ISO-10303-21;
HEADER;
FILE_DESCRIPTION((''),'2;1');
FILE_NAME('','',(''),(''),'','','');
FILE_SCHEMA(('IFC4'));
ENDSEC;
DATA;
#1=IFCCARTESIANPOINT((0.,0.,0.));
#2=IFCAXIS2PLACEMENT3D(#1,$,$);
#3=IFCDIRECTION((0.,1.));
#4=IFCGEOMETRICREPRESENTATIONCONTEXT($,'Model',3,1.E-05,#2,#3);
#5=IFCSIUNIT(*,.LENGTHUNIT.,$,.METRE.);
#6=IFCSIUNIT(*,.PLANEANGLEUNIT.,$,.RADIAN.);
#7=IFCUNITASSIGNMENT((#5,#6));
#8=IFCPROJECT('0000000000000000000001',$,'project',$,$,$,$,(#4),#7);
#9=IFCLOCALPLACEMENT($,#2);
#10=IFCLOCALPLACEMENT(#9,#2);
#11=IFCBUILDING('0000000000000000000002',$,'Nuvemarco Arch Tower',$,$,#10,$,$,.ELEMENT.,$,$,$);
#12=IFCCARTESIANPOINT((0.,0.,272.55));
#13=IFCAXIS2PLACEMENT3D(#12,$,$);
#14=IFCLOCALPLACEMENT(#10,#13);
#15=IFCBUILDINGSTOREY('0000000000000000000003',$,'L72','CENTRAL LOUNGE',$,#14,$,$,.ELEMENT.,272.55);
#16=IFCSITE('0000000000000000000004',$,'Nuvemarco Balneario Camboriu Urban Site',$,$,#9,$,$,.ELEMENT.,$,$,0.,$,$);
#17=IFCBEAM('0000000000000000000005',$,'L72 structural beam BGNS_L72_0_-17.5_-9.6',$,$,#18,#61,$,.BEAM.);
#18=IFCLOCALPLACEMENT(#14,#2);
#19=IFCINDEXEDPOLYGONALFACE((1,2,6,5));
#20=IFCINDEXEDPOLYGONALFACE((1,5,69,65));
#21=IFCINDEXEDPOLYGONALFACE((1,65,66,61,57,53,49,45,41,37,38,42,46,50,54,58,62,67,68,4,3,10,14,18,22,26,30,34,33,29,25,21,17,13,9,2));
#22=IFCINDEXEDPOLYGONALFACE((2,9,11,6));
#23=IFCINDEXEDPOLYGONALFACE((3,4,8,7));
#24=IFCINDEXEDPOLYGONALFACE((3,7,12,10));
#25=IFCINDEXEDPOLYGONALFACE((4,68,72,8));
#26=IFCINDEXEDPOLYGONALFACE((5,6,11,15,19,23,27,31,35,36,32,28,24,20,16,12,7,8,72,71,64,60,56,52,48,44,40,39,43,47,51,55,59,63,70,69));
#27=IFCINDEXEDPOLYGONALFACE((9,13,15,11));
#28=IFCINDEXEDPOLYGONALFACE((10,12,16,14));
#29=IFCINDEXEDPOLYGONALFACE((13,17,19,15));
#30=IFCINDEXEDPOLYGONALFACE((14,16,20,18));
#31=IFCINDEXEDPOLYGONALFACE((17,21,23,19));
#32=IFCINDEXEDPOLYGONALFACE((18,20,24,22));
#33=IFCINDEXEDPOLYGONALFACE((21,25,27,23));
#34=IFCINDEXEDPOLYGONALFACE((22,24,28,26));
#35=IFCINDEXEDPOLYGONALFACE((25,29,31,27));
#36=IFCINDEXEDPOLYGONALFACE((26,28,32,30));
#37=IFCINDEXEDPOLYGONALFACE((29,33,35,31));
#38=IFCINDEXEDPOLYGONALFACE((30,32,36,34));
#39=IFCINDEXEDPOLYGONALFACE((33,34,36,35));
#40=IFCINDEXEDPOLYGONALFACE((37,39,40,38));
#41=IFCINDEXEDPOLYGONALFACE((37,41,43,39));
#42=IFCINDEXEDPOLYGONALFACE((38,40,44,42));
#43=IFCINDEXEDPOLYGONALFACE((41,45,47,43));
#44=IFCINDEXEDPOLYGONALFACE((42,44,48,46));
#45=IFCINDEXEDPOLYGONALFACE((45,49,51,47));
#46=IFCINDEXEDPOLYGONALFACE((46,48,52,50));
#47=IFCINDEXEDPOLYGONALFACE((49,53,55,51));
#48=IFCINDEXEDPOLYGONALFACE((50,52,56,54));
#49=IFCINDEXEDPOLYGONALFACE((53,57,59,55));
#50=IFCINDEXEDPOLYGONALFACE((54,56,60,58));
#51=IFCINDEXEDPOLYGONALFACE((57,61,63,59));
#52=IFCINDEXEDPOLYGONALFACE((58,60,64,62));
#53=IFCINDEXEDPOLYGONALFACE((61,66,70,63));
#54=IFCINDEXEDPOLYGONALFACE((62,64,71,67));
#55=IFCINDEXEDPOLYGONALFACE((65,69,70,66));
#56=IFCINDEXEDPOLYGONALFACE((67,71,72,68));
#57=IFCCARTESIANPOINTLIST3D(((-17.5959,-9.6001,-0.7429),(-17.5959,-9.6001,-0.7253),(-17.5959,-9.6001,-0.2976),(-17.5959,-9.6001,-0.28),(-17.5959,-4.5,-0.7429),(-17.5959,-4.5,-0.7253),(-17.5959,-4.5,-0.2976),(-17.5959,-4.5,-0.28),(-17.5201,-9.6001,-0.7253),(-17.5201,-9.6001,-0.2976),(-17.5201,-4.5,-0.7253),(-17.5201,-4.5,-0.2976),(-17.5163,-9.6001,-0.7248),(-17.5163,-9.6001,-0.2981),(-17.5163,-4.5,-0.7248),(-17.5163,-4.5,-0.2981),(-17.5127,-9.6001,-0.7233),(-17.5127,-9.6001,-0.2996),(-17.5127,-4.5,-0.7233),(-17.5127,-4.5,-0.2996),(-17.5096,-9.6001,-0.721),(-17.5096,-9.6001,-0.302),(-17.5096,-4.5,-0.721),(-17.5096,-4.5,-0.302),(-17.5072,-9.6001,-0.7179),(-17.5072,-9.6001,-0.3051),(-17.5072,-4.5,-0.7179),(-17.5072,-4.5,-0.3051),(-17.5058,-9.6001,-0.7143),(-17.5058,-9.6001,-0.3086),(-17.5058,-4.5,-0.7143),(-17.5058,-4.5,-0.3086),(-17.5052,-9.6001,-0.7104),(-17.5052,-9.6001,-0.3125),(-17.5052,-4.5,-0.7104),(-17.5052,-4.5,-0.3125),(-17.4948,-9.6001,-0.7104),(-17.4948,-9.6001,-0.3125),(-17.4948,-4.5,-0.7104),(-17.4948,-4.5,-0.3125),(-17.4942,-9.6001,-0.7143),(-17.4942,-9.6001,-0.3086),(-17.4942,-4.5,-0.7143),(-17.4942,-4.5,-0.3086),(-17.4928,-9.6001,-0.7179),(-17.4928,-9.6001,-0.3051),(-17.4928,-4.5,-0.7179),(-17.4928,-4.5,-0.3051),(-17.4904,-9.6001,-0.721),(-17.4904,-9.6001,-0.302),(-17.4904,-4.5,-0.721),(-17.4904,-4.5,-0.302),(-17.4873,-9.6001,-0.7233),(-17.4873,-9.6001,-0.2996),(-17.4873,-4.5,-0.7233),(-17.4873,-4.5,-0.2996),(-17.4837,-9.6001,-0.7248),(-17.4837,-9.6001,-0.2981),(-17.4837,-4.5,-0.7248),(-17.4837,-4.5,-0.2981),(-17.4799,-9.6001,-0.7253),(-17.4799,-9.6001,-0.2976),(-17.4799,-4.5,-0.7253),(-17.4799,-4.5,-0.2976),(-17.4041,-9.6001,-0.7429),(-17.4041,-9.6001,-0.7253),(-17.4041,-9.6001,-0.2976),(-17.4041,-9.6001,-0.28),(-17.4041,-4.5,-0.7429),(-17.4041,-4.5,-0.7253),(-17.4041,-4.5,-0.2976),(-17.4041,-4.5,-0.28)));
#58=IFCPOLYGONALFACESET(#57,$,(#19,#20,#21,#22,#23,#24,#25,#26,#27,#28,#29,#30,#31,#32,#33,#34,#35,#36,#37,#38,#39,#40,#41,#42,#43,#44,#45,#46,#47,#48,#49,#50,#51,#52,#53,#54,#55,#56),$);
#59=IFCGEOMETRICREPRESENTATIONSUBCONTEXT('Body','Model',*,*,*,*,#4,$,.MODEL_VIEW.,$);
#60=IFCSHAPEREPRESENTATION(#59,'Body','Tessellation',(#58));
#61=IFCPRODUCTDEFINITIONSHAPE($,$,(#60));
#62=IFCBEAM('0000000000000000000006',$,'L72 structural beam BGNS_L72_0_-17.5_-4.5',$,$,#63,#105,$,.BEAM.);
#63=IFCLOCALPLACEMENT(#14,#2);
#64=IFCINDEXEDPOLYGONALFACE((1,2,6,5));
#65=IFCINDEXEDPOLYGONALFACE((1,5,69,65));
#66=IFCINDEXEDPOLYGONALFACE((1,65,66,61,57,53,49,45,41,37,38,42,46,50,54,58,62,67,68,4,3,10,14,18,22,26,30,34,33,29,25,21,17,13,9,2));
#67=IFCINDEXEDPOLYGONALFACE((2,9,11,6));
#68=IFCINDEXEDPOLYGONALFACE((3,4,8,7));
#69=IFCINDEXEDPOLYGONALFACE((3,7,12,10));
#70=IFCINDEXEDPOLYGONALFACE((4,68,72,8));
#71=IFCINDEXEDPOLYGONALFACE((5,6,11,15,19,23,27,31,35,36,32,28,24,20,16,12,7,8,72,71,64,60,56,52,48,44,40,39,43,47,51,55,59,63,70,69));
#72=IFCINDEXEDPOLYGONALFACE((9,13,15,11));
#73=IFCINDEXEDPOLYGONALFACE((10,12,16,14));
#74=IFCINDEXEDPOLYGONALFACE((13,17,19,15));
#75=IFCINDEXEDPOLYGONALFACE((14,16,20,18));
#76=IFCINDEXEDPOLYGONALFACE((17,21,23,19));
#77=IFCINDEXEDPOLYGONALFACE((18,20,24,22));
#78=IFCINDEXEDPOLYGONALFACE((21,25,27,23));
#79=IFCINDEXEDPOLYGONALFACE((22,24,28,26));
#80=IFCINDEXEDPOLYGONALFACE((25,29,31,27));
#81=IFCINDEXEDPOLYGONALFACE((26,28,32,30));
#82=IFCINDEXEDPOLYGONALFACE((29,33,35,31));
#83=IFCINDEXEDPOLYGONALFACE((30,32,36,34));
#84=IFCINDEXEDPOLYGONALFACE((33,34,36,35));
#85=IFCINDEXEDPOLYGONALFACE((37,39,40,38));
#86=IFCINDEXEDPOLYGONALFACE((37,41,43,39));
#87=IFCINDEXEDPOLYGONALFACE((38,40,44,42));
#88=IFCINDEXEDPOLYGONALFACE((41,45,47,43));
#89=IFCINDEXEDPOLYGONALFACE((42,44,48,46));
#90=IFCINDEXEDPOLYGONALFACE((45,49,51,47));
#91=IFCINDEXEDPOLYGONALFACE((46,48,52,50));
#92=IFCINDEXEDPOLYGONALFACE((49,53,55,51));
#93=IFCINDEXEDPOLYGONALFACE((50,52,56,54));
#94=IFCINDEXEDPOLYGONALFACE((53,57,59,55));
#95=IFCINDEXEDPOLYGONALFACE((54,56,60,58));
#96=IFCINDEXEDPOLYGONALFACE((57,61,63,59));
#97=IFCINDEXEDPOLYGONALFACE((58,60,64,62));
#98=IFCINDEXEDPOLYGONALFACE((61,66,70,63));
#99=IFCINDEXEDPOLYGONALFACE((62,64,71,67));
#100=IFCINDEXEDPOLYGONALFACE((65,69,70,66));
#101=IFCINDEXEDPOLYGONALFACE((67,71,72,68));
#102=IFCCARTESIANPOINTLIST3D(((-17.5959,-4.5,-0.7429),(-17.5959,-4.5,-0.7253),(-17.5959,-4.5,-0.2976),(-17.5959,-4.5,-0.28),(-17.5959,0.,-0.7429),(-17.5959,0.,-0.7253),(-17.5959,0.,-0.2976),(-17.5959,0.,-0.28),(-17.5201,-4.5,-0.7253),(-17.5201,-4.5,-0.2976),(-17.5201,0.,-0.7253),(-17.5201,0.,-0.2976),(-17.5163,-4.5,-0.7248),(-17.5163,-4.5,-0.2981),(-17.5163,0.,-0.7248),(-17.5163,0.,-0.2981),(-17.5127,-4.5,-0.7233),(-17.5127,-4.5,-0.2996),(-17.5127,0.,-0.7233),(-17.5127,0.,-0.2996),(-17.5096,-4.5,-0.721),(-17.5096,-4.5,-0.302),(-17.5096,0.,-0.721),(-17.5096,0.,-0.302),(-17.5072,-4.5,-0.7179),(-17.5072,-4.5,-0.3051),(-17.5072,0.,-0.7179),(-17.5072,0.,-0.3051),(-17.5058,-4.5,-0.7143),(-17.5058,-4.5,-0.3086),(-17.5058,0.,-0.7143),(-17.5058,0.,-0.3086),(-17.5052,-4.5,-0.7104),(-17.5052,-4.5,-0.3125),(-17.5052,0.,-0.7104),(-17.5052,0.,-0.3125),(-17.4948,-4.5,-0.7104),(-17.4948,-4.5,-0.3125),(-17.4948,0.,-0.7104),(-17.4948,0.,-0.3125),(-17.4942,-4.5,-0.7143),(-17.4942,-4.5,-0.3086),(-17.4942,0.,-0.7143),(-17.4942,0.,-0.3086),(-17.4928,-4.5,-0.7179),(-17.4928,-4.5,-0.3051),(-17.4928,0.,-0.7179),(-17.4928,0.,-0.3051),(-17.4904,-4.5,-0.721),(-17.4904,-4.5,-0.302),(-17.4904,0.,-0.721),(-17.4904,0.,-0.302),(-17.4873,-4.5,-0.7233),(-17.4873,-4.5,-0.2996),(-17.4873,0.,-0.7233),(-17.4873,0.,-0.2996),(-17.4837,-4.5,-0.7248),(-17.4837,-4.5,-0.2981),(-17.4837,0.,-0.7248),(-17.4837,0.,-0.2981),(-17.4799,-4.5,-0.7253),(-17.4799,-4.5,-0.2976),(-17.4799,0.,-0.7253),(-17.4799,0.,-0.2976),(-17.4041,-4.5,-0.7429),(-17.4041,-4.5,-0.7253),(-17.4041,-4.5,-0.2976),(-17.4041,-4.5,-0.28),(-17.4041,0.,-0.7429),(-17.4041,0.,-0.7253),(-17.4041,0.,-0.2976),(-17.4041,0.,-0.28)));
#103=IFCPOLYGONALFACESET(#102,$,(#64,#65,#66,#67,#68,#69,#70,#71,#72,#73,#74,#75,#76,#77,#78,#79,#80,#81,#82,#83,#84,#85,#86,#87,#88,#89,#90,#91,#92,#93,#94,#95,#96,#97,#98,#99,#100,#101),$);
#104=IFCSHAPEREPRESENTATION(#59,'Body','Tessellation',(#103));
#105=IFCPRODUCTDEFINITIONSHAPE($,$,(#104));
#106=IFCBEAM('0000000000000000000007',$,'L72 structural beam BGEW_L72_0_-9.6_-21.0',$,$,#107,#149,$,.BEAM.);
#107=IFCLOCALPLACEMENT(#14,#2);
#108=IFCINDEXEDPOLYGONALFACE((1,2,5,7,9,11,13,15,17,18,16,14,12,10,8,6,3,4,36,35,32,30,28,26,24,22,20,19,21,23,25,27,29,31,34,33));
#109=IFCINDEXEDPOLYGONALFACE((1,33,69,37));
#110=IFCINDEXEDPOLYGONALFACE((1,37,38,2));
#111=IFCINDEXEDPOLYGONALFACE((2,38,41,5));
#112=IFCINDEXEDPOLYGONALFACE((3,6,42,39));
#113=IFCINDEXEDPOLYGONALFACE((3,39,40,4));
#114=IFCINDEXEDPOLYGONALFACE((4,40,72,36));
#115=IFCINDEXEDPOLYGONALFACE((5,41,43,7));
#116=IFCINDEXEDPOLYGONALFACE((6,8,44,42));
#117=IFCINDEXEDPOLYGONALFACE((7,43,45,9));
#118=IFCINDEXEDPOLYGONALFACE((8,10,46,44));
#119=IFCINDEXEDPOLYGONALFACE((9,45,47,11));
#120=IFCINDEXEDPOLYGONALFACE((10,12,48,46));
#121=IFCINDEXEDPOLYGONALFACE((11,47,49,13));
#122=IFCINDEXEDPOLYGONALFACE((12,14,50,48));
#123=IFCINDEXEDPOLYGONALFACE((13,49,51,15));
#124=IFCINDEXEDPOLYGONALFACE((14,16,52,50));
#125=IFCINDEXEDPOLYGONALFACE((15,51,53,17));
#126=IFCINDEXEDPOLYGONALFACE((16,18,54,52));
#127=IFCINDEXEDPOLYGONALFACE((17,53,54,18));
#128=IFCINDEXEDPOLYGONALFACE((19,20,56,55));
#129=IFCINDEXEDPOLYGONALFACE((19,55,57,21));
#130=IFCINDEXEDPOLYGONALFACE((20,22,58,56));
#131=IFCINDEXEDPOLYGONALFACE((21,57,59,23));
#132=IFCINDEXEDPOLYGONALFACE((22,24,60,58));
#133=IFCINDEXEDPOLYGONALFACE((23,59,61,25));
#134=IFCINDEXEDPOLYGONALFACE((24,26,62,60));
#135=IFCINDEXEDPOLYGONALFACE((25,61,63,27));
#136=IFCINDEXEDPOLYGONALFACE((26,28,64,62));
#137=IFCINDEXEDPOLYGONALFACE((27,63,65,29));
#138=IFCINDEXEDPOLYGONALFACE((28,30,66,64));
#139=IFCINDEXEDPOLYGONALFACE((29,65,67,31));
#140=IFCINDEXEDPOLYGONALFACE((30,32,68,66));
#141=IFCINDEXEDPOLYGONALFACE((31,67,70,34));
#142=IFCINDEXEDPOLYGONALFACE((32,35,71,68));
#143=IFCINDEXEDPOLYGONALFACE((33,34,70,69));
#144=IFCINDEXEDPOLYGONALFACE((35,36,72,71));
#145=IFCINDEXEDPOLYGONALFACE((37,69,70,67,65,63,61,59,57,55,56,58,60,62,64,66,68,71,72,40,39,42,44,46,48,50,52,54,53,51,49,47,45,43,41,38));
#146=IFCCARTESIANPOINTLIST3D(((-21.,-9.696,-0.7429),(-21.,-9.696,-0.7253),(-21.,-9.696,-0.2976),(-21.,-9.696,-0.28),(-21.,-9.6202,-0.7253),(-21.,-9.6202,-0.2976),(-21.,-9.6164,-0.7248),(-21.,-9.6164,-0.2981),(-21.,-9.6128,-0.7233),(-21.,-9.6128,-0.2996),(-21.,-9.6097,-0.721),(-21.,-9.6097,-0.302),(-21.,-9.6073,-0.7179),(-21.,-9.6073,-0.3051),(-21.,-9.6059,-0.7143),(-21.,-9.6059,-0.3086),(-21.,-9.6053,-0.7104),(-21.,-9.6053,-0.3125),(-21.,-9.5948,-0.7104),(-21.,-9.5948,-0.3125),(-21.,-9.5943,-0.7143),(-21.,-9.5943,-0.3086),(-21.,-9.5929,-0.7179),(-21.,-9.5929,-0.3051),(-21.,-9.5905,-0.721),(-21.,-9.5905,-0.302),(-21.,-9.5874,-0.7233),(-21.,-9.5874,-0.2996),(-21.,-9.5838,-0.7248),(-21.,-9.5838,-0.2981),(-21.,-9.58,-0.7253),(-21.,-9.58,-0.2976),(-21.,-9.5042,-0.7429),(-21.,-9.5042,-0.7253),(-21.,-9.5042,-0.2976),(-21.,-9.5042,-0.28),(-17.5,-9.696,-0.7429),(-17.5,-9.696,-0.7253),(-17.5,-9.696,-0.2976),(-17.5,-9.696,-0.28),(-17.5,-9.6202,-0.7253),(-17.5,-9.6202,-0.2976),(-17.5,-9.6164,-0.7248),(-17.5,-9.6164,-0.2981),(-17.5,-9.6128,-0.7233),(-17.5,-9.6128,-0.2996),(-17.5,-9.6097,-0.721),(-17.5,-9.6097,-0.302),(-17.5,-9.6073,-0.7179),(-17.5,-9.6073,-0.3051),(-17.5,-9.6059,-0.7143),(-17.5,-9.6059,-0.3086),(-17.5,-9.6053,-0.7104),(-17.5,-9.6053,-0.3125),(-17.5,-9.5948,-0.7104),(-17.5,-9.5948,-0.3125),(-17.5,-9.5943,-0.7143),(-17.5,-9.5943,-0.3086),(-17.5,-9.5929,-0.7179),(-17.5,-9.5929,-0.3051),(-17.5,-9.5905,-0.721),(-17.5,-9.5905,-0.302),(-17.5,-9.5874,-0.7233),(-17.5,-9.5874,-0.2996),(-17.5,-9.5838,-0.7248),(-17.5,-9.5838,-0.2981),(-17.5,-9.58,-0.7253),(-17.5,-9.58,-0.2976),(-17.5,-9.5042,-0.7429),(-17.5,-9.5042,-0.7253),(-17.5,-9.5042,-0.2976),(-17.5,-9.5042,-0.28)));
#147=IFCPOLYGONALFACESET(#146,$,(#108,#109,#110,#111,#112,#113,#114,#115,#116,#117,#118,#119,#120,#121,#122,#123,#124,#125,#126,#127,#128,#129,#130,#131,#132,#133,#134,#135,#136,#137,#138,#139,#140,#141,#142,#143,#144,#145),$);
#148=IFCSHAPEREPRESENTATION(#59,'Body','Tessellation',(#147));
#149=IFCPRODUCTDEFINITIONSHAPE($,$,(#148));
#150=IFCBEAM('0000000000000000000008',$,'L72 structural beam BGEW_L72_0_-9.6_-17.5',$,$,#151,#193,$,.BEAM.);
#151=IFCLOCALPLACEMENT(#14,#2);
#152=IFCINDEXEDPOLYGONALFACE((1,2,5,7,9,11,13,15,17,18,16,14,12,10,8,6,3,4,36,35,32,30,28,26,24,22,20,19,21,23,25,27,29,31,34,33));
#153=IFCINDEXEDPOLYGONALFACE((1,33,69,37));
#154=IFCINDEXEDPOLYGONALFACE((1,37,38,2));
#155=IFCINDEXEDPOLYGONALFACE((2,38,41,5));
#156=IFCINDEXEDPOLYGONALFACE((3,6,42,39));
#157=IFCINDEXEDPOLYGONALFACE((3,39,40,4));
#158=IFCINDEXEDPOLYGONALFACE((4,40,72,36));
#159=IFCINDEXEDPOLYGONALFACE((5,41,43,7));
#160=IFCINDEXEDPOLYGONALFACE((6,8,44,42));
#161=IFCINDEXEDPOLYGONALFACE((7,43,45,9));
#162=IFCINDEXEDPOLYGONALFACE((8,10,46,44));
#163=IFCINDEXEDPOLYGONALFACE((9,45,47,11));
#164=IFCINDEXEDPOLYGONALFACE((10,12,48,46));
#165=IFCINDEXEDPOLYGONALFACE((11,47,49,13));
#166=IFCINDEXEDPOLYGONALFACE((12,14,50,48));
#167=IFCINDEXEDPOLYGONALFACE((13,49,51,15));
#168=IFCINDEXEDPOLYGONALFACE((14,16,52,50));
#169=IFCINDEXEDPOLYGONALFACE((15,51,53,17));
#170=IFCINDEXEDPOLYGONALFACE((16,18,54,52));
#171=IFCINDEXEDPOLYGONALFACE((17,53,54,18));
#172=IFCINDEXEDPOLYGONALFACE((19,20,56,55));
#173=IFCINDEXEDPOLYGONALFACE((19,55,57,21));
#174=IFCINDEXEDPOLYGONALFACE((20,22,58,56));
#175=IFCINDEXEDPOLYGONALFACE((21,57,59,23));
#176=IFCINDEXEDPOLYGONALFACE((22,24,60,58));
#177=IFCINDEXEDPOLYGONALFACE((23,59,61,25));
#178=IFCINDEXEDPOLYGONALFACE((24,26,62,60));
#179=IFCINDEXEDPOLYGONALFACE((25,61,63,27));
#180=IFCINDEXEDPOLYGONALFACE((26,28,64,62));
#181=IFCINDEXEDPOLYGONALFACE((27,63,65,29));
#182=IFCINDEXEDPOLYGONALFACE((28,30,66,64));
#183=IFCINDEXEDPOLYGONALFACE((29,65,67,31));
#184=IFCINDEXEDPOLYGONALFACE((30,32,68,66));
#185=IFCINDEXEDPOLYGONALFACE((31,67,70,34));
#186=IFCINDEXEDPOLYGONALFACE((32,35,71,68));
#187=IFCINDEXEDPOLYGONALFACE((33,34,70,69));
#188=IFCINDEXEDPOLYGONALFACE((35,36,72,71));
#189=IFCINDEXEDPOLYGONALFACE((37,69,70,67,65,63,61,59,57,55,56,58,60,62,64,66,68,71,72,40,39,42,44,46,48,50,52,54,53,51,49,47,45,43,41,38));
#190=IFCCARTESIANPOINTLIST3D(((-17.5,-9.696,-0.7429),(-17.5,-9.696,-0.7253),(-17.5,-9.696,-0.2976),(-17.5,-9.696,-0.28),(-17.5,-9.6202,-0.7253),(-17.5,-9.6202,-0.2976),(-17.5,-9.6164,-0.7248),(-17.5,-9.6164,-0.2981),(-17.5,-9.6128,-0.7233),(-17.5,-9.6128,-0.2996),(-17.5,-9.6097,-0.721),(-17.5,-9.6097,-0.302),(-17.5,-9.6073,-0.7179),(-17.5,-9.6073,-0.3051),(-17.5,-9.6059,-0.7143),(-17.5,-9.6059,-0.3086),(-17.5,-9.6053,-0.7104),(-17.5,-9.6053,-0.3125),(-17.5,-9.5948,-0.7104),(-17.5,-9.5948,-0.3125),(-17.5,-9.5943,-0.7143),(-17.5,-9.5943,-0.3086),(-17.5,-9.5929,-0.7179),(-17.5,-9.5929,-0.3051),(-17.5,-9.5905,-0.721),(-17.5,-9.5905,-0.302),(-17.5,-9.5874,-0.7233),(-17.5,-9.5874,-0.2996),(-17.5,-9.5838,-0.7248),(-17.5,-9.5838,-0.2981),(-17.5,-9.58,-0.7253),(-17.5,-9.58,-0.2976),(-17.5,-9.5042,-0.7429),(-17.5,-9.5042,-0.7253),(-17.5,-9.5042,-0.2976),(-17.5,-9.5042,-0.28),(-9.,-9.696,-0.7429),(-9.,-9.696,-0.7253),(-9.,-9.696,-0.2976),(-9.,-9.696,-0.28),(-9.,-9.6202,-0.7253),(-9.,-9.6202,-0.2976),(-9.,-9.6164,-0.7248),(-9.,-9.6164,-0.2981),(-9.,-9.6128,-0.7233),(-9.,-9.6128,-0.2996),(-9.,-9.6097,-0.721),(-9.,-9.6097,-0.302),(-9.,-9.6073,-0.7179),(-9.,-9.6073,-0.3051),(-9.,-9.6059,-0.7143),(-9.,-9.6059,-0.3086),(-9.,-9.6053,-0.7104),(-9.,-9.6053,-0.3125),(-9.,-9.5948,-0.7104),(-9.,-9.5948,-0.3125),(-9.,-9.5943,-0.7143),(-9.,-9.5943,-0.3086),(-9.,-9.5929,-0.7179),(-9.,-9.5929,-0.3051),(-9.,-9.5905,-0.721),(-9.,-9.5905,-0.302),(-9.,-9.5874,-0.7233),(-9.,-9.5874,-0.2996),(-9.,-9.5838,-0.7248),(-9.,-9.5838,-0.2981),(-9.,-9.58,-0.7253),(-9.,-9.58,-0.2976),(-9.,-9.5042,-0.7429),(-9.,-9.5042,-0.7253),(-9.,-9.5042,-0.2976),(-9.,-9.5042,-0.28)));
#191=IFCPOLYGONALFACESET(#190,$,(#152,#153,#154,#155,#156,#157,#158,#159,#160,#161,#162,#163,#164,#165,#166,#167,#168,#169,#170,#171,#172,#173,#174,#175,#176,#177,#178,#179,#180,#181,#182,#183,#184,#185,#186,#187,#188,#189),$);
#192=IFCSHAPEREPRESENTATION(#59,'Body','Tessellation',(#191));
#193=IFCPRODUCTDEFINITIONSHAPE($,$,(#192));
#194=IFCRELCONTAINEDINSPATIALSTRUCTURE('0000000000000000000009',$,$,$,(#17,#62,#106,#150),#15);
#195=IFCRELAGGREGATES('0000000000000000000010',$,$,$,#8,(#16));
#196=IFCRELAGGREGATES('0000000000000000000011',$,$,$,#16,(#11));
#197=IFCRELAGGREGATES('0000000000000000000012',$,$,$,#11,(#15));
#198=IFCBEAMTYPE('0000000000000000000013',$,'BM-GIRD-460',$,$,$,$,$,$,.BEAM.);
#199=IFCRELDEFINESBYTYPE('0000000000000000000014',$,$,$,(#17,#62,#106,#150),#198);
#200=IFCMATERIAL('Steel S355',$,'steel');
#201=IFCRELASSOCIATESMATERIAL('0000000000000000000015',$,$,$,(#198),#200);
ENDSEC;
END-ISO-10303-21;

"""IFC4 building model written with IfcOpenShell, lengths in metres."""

from ifc_helpers import new_model, si_unit, direction, frame, origin, origin_2d, place, context, subcontext, project, spatial, i_section, extrude, material, material_profile, profile_set, type_object, element, save


model = new_model("IFC4")

# Units and contexts
model_context = context("Model", 3, precision=1e-05, world=origin(), true_north=direction((0.0, 1.0)))
body_context = subcontext(model_context, "Body", "Model", "MODEL_VIEW")
ifc_project = project(units=[si_unit("LENGTHUNIT", "METRE"), si_unit("PLANEANGLEUNIT", "RADIAN")], contexts=[model_context])

# Site, building, storey
site_placement = place(None, origin())
site = spatial("IfcSite", under=ifc_project, at=site_placement, Name="Nuvemarco Balneario Camboriu Urban Site", CompositionType="ELEMENT", RefElevation=0.0)
building_placement = place(site_placement, origin())
building = spatial("IfcBuilding", under=site, at=building_placement, Name="Nuvemarco Arch Tower", CompositionType="ELEMENT")
storey_placement = place(building_placement, frame((0.0, 0.0, 272.55)))
storey = spatial("IfcBuildingStorey", under=building, at=storey_placement, Name="L72", Description="CENTRAL LOUNGE", CompositionType="ELEMENT", Elevation=272.55)

# Shared definitions
ifc_material_1 = material(Name="Steel S355", Category="steel")

# Beams
ifc_material_profile_1 = material_profile(ifc_material_1, i_section(OverallWidth=0.1919, OverallDepth=0.4629, WebThickness=0.0105, FlangeThickness=0.0176, FilletRadius=0.0149, at=origin_2d()), Name="W460x89")
ifc_profile_set_1 = profile_set([ifc_material_profile_1], Name="Steel S355")
beam_type_1 = type_object("IfcBeamType", Name="BM-GIRD-460", PredefinedType="BEAM", material=ifc_profile_set_1)
beam_1_placement = place(storey_placement, frame((-17.5, -9.6001, -0.5115), z_axis=(0.0, 1.0, 0.0), x_axis=(-1.0, 0.0, 0.0)))
element("IfcBeam", 1, at=beam_1_placement, inside=storey, type_object=beam_type_1, Name="L72 structural beam BGNS_L72_0_-17.5_-9.6", PredefinedType="BEAM", context=body_context, shape_type="SweptSolid", body=[
    extrude(i_section(OverallWidth=0.1919, OverallDepth=0.4629, WebThickness=0.0105, FlangeThickness=0.0176, FilletRadius=0.0149, at=origin_2d()), origin(), (0.0, 0.0, 1.0), 5.1001),
])
beam_2_placement = place(storey_placement, frame((-17.5, -4.5, -0.5115), z_axis=(0.0, 1.0, 0.0), x_axis=(-1.0, 0.0, 0.0)))
element("IfcBeam", 2, at=beam_2_placement, inside=storey, type_object=beam_type_1, Name="L72 structural beam BGNS_L72_0_-17.5_-4.5", PredefinedType="BEAM", context=body_context, shape_type="SweptSolid", body=[
    extrude(i_section(OverallWidth=0.1919, OverallDepth=0.4629, WebThickness=0.0105, FlangeThickness=0.0176, FilletRadius=0.0149, at=origin_2d()), origin(), (0.0, 0.0, 1.0), 4.5),
])
beam_3_placement = place(storey_placement, frame((-21.0, -9.6001, -0.5115), z_axis=(1.0, 0.0, 0.0), x_axis=(0.0, 1.0, 0.0)))
element("IfcBeam", 3, at=beam_3_placement, inside=storey, type_object=beam_type_1, Name="L72 structural beam BGEW_L72_0_-9.6_-21.0", PredefinedType="BEAM", context=body_context, shape_type="SweptSolid", body=[
    extrude(i_section(OverallWidth=0.1919, OverallDepth=0.4629, WebThickness=0.0105, FlangeThickness=0.0176, FilletRadius=0.0149, at=origin_2d()), origin(), (0.0, 0.0, 1.0), 3.5),
])
beam_4_placement = place(storey_placement, frame((-17.5, -9.6001, -0.5115), z_axis=(1.0, 0.0, 0.0), x_axis=(0.0, 1.0, 0.0)))
element("IfcBeam", 4, at=beam_4_placement, inside=storey, type_object=beam_type_1, Name="L72 structural beam BGEW_L72_0_-9.6_-17.5", PredefinedType="BEAM", context=body_context, shape_type="SweptSolid", body=[
    extrude(i_section(OverallWidth=0.1919, OverallDepth=0.4629, WebThickness=0.0105, FlangeThickness=0.0176, FilletRadius=0.0149, at=origin_2d()), origin(), (0.0, 0.0, 1.0), 8.5),
])

save(model, "model.ifc")
